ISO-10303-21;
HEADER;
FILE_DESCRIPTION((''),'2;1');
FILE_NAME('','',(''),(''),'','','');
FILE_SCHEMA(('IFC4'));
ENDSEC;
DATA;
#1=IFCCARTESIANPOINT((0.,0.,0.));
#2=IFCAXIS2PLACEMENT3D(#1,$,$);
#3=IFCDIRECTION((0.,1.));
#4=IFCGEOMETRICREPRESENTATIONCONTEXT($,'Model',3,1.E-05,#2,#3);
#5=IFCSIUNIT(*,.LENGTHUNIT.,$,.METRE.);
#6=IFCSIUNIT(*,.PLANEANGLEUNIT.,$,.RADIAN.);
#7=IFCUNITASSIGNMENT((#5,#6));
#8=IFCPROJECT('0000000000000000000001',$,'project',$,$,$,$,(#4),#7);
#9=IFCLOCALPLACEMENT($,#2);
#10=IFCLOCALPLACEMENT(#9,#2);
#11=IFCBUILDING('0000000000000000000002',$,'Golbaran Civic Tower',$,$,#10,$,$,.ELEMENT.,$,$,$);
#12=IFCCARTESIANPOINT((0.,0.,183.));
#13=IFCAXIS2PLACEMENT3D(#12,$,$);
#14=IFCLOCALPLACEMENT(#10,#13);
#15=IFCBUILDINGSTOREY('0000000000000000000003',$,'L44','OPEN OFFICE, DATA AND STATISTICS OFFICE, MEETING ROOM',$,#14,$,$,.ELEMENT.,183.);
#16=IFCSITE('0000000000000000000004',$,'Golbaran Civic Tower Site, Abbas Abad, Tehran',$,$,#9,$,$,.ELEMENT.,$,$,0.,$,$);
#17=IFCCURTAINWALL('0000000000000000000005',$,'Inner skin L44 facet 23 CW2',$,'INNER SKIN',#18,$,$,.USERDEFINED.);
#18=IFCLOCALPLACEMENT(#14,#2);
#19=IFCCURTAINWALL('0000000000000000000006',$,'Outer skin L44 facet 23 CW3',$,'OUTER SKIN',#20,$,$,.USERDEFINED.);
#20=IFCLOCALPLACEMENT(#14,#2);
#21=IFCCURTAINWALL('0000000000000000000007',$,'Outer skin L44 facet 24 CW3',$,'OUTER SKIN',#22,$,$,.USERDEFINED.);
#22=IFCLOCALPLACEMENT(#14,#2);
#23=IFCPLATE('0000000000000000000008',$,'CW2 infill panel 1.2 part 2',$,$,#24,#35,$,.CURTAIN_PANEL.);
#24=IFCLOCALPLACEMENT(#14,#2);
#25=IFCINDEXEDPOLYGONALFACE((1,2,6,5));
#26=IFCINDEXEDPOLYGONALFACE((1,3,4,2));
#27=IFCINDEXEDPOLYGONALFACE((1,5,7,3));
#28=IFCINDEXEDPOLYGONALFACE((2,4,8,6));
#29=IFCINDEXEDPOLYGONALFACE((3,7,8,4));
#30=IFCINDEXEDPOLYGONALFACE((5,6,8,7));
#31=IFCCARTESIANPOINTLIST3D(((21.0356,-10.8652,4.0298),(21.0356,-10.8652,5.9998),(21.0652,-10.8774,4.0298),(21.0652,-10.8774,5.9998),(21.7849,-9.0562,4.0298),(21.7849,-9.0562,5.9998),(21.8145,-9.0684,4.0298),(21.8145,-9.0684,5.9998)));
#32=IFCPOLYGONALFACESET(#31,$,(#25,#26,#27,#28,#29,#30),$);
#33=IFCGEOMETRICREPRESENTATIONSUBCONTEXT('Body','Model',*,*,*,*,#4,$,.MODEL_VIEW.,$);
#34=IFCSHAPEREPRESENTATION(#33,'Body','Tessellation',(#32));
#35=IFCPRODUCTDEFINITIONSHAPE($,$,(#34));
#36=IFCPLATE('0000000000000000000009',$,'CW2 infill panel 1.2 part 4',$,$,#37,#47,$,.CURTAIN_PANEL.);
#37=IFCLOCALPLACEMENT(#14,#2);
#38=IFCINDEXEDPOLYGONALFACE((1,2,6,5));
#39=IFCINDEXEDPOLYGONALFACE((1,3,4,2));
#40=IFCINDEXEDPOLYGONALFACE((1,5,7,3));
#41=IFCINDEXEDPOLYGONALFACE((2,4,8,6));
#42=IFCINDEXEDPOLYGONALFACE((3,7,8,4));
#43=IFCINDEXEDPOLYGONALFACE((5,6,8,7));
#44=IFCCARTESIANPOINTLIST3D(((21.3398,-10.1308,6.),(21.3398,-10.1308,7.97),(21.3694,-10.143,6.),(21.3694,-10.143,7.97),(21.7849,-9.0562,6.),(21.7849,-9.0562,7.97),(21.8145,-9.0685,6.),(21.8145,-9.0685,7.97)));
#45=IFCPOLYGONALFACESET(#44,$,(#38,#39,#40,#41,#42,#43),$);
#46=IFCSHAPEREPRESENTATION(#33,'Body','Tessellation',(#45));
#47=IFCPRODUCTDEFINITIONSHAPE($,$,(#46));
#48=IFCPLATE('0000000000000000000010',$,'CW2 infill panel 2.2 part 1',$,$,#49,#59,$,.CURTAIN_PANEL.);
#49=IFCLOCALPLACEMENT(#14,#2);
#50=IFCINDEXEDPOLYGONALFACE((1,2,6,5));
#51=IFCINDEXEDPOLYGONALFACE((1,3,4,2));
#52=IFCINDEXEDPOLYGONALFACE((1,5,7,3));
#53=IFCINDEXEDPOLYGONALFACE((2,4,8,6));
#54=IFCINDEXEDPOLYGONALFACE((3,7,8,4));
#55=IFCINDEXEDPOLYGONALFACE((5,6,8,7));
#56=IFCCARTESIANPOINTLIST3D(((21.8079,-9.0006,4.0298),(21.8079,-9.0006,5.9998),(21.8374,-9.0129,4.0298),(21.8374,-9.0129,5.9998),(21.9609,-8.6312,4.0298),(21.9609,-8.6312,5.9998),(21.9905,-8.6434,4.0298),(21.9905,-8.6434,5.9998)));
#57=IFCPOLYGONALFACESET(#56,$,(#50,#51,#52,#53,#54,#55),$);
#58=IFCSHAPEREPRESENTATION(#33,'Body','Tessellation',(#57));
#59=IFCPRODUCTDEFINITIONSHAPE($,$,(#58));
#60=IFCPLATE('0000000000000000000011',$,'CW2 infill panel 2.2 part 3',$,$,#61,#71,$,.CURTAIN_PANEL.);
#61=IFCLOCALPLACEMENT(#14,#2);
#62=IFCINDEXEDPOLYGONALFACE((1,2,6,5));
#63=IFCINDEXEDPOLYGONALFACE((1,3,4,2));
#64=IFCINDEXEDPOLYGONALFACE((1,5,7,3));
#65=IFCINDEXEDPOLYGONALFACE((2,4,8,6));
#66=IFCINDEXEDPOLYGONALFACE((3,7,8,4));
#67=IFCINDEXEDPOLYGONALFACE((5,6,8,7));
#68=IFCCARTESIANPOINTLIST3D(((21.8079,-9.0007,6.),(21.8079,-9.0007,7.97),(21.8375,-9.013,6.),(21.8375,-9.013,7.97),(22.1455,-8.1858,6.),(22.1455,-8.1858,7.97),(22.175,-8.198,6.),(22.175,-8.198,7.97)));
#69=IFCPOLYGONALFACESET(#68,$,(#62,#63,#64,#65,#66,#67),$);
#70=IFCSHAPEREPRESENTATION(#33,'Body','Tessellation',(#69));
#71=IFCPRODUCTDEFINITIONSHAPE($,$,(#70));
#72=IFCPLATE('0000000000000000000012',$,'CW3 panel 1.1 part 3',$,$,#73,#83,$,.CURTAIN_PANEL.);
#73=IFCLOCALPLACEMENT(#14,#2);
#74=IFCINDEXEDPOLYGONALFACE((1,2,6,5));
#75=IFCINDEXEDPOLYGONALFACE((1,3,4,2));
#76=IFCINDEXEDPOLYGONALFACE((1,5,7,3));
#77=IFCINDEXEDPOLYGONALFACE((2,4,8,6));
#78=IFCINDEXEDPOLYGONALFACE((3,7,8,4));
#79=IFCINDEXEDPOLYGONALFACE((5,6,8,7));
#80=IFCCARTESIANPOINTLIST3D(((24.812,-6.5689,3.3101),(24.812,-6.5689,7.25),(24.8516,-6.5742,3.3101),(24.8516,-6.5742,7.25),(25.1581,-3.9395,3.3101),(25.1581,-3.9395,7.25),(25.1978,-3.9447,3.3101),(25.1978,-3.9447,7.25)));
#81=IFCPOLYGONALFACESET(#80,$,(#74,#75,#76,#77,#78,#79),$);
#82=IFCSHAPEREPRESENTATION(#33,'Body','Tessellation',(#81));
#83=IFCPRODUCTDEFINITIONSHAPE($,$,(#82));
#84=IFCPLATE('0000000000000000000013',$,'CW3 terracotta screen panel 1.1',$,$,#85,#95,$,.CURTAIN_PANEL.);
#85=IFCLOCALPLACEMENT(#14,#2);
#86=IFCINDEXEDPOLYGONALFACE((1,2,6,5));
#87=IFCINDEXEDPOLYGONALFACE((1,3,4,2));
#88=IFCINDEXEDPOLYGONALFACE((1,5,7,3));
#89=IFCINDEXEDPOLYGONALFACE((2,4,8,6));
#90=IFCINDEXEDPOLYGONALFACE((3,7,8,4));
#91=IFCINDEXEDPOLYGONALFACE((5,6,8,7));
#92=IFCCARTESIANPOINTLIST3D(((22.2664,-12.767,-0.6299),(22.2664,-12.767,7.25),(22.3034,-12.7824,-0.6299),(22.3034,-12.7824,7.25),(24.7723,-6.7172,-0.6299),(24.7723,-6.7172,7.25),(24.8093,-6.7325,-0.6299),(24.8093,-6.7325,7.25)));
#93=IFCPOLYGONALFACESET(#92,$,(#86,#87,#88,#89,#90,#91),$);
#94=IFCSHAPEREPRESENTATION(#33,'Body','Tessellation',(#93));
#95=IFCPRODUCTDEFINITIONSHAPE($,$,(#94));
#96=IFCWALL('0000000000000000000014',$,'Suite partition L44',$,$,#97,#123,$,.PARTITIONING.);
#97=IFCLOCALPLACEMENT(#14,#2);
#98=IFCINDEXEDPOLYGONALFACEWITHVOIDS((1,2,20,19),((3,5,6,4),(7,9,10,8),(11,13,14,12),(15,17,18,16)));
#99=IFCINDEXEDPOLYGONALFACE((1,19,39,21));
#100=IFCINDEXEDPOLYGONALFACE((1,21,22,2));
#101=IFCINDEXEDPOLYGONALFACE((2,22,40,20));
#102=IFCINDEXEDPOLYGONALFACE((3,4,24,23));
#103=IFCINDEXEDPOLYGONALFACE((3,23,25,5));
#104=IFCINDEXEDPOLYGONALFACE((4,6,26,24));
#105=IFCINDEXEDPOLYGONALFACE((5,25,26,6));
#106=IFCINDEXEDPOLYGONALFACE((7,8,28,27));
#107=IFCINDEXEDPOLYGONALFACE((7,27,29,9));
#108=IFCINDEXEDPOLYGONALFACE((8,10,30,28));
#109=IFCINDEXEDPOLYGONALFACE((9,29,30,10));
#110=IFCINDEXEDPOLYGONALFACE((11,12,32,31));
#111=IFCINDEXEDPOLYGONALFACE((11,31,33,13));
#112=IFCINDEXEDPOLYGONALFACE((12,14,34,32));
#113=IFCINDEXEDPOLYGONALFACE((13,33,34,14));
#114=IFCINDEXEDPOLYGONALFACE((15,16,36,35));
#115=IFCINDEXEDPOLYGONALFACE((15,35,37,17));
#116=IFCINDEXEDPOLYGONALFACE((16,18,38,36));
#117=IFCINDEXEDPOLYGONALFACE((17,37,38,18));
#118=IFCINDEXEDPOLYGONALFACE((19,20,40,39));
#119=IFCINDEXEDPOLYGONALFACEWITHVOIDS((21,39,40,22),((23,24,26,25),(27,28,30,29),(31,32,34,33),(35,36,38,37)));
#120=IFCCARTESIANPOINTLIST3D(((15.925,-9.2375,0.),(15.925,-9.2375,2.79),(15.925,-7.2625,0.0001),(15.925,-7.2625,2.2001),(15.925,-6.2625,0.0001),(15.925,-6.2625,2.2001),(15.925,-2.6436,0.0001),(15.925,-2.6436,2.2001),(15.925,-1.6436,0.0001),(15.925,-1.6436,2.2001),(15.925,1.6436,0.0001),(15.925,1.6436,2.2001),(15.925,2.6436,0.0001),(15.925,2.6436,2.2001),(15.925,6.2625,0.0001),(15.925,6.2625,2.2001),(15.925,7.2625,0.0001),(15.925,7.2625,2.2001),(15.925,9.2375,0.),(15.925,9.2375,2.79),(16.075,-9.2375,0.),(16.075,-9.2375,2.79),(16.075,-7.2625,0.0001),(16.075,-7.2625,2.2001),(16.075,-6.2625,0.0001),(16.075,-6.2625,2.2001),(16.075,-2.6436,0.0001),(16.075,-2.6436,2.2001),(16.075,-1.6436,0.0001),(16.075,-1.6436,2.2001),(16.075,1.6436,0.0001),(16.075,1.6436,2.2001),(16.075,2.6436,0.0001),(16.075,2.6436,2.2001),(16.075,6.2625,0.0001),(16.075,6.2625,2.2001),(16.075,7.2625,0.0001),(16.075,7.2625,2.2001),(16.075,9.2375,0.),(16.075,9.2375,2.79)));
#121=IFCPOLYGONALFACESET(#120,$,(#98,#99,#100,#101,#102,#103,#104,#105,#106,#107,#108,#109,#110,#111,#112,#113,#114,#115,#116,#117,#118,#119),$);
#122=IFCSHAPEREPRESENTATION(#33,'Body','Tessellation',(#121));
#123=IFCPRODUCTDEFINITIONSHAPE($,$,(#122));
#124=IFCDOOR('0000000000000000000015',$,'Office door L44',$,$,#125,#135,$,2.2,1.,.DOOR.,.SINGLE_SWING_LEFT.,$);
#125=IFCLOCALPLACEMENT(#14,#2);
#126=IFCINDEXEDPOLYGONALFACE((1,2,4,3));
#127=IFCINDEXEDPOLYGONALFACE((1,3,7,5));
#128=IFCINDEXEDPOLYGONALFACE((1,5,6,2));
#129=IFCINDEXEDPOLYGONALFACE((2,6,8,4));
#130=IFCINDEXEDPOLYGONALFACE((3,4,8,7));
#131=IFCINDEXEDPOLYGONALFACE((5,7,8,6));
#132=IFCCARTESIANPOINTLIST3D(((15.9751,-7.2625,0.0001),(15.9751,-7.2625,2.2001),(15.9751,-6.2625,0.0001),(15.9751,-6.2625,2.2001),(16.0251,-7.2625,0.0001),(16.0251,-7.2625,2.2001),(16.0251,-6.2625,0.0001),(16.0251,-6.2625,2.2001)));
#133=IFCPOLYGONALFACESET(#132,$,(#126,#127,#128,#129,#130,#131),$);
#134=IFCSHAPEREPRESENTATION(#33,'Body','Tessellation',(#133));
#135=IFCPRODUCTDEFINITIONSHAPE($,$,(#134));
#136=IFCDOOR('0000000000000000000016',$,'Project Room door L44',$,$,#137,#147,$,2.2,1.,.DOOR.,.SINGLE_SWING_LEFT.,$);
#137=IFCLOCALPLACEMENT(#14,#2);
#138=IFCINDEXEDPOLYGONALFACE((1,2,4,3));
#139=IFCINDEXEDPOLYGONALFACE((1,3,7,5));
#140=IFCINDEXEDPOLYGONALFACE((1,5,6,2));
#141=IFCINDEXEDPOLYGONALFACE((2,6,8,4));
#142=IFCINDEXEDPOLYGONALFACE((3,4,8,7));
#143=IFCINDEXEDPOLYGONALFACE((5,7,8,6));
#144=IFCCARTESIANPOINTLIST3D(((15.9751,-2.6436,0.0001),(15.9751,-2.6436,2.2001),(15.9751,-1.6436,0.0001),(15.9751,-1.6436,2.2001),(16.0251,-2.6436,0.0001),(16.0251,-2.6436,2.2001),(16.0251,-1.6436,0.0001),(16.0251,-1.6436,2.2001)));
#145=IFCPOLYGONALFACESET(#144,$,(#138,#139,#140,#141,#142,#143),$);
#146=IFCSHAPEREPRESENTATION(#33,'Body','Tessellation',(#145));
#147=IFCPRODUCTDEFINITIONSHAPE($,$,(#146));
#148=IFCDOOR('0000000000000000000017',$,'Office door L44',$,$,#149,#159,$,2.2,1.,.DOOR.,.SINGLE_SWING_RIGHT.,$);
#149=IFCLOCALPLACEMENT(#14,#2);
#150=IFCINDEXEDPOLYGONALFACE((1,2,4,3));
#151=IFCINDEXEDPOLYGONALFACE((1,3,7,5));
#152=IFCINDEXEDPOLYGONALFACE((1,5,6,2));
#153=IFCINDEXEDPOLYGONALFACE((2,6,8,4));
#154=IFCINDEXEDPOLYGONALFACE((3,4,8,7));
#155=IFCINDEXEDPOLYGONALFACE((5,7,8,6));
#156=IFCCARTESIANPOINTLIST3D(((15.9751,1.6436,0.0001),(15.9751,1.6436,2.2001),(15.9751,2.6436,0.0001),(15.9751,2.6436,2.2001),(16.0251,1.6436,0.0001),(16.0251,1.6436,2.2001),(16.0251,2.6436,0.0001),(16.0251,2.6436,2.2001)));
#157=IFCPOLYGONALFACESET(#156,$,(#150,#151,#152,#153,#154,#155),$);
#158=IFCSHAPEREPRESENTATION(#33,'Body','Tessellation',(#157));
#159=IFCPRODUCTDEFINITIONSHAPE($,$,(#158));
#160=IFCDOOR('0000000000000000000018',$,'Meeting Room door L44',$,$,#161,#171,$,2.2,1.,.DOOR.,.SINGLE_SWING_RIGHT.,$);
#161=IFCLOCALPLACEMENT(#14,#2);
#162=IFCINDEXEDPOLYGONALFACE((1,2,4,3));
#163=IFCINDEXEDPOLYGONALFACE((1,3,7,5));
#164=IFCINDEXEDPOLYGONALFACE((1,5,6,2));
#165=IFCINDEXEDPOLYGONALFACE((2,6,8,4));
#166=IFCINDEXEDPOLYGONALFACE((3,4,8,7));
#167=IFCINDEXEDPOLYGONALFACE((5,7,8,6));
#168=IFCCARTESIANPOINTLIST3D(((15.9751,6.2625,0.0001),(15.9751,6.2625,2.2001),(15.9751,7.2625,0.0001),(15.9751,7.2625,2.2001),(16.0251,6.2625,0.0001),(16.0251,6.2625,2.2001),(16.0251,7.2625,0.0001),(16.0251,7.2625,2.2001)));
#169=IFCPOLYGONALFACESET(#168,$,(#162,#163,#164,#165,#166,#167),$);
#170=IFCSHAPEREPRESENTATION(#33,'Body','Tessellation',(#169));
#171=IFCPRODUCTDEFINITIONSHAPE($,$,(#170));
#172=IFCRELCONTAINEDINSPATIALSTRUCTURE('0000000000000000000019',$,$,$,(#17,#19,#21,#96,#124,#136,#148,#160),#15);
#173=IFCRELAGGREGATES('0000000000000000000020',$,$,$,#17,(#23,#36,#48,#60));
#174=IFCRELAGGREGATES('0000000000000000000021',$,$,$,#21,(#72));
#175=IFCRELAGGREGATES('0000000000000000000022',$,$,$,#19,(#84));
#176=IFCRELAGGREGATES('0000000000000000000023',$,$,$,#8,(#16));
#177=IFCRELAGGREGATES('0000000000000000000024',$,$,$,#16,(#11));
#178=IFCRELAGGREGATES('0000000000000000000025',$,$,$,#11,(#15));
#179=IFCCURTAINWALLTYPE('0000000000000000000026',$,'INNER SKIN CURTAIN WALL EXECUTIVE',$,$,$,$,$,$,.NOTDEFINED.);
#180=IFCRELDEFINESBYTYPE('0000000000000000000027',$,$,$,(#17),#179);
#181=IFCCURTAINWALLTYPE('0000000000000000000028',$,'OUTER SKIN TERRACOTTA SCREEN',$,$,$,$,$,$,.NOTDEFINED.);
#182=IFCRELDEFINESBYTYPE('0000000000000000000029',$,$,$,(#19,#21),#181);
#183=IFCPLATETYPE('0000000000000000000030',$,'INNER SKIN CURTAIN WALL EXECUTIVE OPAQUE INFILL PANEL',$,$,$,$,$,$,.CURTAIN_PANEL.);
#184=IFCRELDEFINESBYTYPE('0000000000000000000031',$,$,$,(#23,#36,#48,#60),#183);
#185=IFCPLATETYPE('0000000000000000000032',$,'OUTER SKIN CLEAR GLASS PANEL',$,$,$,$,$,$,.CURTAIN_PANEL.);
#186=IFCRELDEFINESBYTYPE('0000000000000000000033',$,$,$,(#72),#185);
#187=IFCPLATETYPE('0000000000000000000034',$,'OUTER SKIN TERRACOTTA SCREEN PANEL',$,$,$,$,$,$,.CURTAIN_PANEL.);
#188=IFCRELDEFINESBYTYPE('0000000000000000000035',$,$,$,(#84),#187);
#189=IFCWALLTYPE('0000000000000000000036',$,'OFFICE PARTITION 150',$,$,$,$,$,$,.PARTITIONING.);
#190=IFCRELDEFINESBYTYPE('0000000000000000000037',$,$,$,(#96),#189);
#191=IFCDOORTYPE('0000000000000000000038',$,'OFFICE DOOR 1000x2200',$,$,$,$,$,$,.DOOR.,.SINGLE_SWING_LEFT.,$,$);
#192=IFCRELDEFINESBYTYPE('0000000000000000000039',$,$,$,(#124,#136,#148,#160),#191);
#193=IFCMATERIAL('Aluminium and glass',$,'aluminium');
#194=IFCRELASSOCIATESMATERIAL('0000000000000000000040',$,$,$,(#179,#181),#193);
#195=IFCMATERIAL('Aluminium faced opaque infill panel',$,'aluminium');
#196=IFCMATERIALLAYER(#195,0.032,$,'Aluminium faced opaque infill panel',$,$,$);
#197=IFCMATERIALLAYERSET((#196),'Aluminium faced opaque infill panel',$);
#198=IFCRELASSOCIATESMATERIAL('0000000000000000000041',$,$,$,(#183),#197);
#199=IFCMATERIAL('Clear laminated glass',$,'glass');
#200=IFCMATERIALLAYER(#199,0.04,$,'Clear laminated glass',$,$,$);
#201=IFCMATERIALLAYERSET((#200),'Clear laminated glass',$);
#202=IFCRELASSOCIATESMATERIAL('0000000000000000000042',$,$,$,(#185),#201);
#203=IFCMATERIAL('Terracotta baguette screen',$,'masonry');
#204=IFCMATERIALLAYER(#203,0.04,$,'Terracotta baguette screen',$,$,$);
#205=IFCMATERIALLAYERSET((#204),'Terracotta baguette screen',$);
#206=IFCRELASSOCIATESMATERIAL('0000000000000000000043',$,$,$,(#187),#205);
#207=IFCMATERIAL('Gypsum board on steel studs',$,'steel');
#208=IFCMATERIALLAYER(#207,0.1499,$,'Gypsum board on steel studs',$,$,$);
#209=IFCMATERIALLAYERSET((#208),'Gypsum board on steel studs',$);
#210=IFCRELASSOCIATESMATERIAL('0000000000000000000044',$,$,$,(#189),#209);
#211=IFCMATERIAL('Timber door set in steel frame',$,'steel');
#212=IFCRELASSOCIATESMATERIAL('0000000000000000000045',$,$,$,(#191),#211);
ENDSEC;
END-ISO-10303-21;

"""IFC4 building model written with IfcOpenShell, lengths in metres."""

from ifc_helpers import new_model, si_unit, direction, frame, frame_2d, origin, origin_2d, place, context, subcontext, project, spatial, rectangle, extrude, material, layer, layer_set, type_object, element, fill, aggregate, save


model = new_model("IFC4")

# Units and contexts
model_context = context("Model", 3, precision=1e-05, world=origin(), true_north=direction((0.0, 1.0)))
body_context = subcontext(model_context, "Body", "Model", "MODEL_VIEW")
ifc_project = project(units=[si_unit("LENGTHUNIT", "METRE"), si_unit("PLANEANGLEUNIT", "RADIAN")], contexts=[model_context])

# Site, building, storey
site_placement = place(None, origin())
site = spatial("IfcSite", under=ifc_project, at=site_placement, Name="Golbaran Civic Tower Site, Abbas Abad, Tehran", CompositionType="ELEMENT", RefElevation=0.0)
building_placement = place(site_placement, origin())
building = spatial("IfcBuilding", under=site, at=building_placement, Name="Golbaran Civic Tower", CompositionType="ELEMENT")
storey_placement = place(building_placement, frame((0.0, 0.0, 183.0)))
storey = spatial("IfcBuildingStorey", under=building, at=storey_placement, Name="L44", Description="OPEN OFFICE, DATA AND STATISTICS OFFICE, MEETING ROOM", CompositionType="ELEMENT", Elevation=183.0)

# Curtain wall
ifc_material_1 = material(Name="Aluminium and glass", Category="aluminium")
curtain_wall_type_1 = type_object("IfcCurtainWallType", Name="INNER SKIN CURTAIN WALL EXECUTIVE", PredefinedType="NOTDEFINED", material=ifc_material_1)
curtain_wall_1_placement = place(storey_placement, origin())
curtain_wall_1 = element("IfcCurtainWall", 1, at=curtain_wall_1_placement, inside=storey, type_object=curtain_wall_type_1, Name="Inner skin L44 facet 23 CW2", ObjectType="INNER SKIN", PredefinedType="USERDEFINED")

# Curtain wall
curtain_wall_type_2 = type_object("IfcCurtainWallType", Name="OUTER SKIN TERRACOTTA SCREEN", PredefinedType="NOTDEFINED", material=ifc_material_1)
curtain_wall_2_placement = place(storey_placement, origin())
curtain_wall_2 = element("IfcCurtainWall", 2, at=curtain_wall_2_placement, inside=storey, type_object=curtain_wall_type_2, Name="Outer skin L44 facet 23 CW3", ObjectType="OUTER SKIN", PredefinedType="USERDEFINED")

# Curtain wall
curtain_wall_3_placement = place(storey_placement, origin())
curtain_wall_3 = element("IfcCurtainWall", 3, at=curtain_wall_3_placement, inside=storey, type_object=curtain_wall_type_2, Name="Outer skin L44 facet 24 CW3", ObjectType="OUTER SKIN", PredefinedType="USERDEFINED")

# Plates
ifc_material_2 = material(Name="Aluminium faced opaque infill panel", Category="aluminium")
ifc_layer_1 = layer(ifc_material_2, 0.032, Name="Aluminium faced opaque infill panel")
ifc_layer_set_1 = layer_set([ifc_layer_1], Name="Aluminium faced opaque infill panel")
plate_type_1 = type_object("IfcPlateType", Name="INNER SKIN CURTAIN WALL EXECUTIVE OPAQUE INFILL PANEL", PredefinedType="CURTAIN_PANEL", material=ifc_layer_set_1)
plate_1_placement = place(storey_placement, frame((21.425, -9.9668, 4.0298), z_axis=(0.0, 0.0, 1.0), x_axis=(0.382683, 0.92388, 0.0)))
plate_1 = element("IfcPlate", 4, at=plate_1_placement, type_object=plate_type_1, Name="CW2 infill panel 1.2 part 2", PredefinedType="CURTAIN_PANEL", context=body_context, shape_type="SweptSolid", body=[
    extrude(rectangle(XDim=1.958, YDim=0.032, at=origin_2d()), origin(), (0.0, 0.0, 1.0), 1.97),
])
plate_2_placement = place(storey_placement, frame((21.5771, -9.5996, 6.0), z_axis=(0.0, 0.0, 1.0), x_axis=(0.382683, 0.92388, 0.0)))
plate_2 = element("IfcPlate", 5, at=plate_2_placement, type_object=plate_type_1, Name="CW2 infill panel 1.2 part 4", PredefinedType="CURTAIN_PANEL", context=body_context, shape_type="SweptSolid", body=[
    extrude(rectangle(XDim=1.1631, YDim=0.032, at=origin_2d()), origin(), (0.0, 0.0, 1.0), 1.97),
])
plate_3_placement = place(storey_placement, frame((21.8992, -8.822, 4.0298), z_axis=(0.0, 0.0, 1.0), x_axis=(0.382683, 0.92388, 0.0)))
plate_3 = element("IfcPlate", 6, at=plate_3_placement, type_object=plate_type_1, Name="CW2 infill panel 2.2 part 1", PredefinedType="CURTAIN_PANEL", context=body_context, shape_type="SweptSolid", body=[
    extrude(rectangle(XDim=0.3999, YDim=0.032, at=origin_2d()), origin(), (0.0, 0.0, 1.0), 1.97),
])
plate_4_placement = place(storey_placement, frame((21.9915, -8.5994, 6.0), z_axis=(0.0, 0.0, 1.0), x_axis=(0.382683, 0.92388, 0.0)))
plate_4 = element("IfcPlate", 7, at=plate_4_placement, type_object=plate_type_1, Name="CW2 infill panel 2.2 part 3", PredefinedType="CURTAIN_PANEL", context=body_context, shape_type="SweptSolid", body=[
    extrude(rectangle(XDim=0.8821, YDim=0.032, at=origin_2d()), origin(), (0.0, 0.0, 1.0), 1.97),
])
aggregate(curtain_wall_1, [plate_1, plate_2, plate_3, plate_4])
ifc_material_3 = material(Name="Clear laminated glass", Category="glass")
ifc_layer_2 = layer(ifc_material_3, 0.04, Name="Clear laminated glass")
ifc_layer_set_2 = layer_set([ifc_layer_2], Name="Clear laminated glass")
plate_type_2 = type_object("IfcPlateType", Name="OUTER SKIN CLEAR GLASS PANEL", PredefinedType="CURTAIN_PANEL", material=ifc_layer_set_2)
plate_5_placement = place(storey_placement, frame((25.0049, -5.2568, 3.3101), z_axis=(0.0, 0.0, 1.0), x_axis=(0.130526, 0.991445, 0.0)))
plate_5 = element("IfcPlate", 8, at=plate_5_placement, type_object=plate_type_2, Name="CW3 panel 1.1 part 3", PredefinedType="CURTAIN_PANEL", context=body_context, shape_type="SweptSolid", body=[
    extrude(rectangle(XDim=2.6521, YDim=0.04, at=origin_2d()), origin(), (0.0, 0.0, 1.0), 3.9399),
])
aggregate(curtain_wall_3, [plate_5])
ifc_material_4 = material(Name="Terracotta baguette screen", Category="masonry")
ifc_layer_3 = layer(ifc_material_4, 0.04, Name="Terracotta baguette screen")
ifc_layer_set_3 = layer_set([ifc_layer_3], Name="Terracotta baguette screen")
plate_type_3 = type_object("IfcPlateType", Name="OUTER SKIN TERRACOTTA SCREEN PANEL", PredefinedType="CURTAIN_PANEL", material=ifc_layer_set_3)
plate_6_placement = place(storey_placement, frame((23.5378, -9.7498, -0.6299), z_axis=(0.0, 0.0, 1.0), x_axis=(0.382683, 0.92388, 0.0)))
plate_6 = element("IfcPlate", 9, at=plate_6_placement, type_object=plate_type_3, Name="CW3 terracotta screen panel 1.1", PredefinedType="CURTAIN_PANEL", context=body_context, shape_type="SweptSolid", body=[
    extrude(rectangle(XDim=6.5483, YDim=0.04, at=origin_2d()), origin(), (0.0, 0.0, 1.0), 7.8799),
])
aggregate(curtain_wall_2, [plate_6])

# Wall, openings, doors
ifc_material_5 = material(Name="Gypsum board on steel studs", Category="steel")
ifc_layer_4 = layer(ifc_material_5, 0.1499, Name="Gypsum board on steel studs")
ifc_layer_set_4 = layer_set([ifc_layer_4], Name="Gypsum board on steel studs")
wall_type = type_object("IfcWallType", Name="OFFICE PARTITION 150", PredefinedType="PARTITIONING", material=ifc_layer_set_4)
wall_placement = place(storey_placement, frame((16.0, -9.2375, 0.0), z_axis=(0.0, 0.0, 1.0), x_axis=(0.0, 1.0, 0.0)))
wall = element("IfcWall", 10, at=wall_placement, inside=storey, type_object=wall_type, Name="Suite partition L44", PredefinedType="PARTITIONING", context=body_context, shape_type="SweptSolid", body=[
    extrude(rectangle(XDim=18.4751, YDim=0.1499, at=frame_2d((9.2375, 0.0))), origin(), (0.0, 0.0, 1.0), 2.79),
])
opening_1_placement = place(wall_placement, frame((1.9751, 0.0, 0.0)))
opening_1 = element("IfcOpeningElement", 11, at=opening_1_placement, cuts=wall, PredefinedType="OPENING", context=body_context, shape_type="SweptSolid", body=[
    extrude(rectangle(XDim=1.0, YDim=2.2, at=frame_2d((0.5, 1.1001))), frame((0.0, 0.085, 0.0), z_axis=(0.0, -1.0, 0.0), x_axis=(1.0, 0.0, 0.0)), (0.0, 0.0, 1.0), 0.1699),
])
opening_2_placement = place(wall_placement, frame((6.594, 0.0, 0.0)))
opening_2 = element("IfcOpeningElement", 12, at=opening_2_placement, cuts=wall, PredefinedType="OPENING", context=body_context, shape_type="SweptSolid", body=[
    extrude(rectangle(XDim=1.0, YDim=2.2, at=frame_2d((0.5, 1.1001))), frame((0.0, 0.085, 0.0), z_axis=(0.0, -1.0, 0.0), x_axis=(1.0, 0.0, 0.0)), (0.0, 0.0, 1.0), 0.1699),
])
opening_3_placement = place(wall_placement, frame((10.8811, 0.0, 0.0)))
opening_3 = element("IfcOpeningElement", 13, at=opening_3_placement, cuts=wall, PredefinedType="OPENING", context=body_context, shape_type="SweptSolid", body=[
    extrude(rectangle(XDim=1.0, YDim=2.2, at=frame_2d((0.5, 1.1001))), frame((0.0, 0.085, 0.0), z_axis=(0.0, -1.0, 0.0), x_axis=(1.0, 0.0, 0.0)), (0.0, 0.0, 1.0), 0.1699),
])
opening_4_placement = place(wall_placement, frame((15.5, 0.0, 0.0)))
opening_4 = element("IfcOpeningElement", 14, at=opening_4_placement, cuts=wall, PredefinedType="OPENING", context=body_context, shape_type="SweptSolid", body=[
    extrude(rectangle(XDim=1.0, YDim=2.2, at=frame_2d((0.5, 1.1001))), frame((0.0, 0.085, 0.0), z_axis=(0.0, -1.0, 0.0), x_axis=(1.0, 0.0, 0.0)), (0.0, 0.0, 1.0), 0.1699),
])
ifc_material_6 = material(Name="Timber door set in steel frame", Category="steel")
door_type = type_object("IfcDoorType", Name="OFFICE DOOR 1000x2200", OperationType="SINGLE_SWING_LEFT", PredefinedType="DOOR", material=ifc_material_6)
door_1_placement = place(opening_1_placement, origin())
door_1 = element("IfcDoor", 15, at=door_1_placement, inside=storey, type_object=door_type, Name="Office door L44", OperationType="SINGLE_SWING_LEFT", OverallHeight=2.2, OverallWidth=1.0, PredefinedType="DOOR", context=body_context, shape_type="SweptSolid", body=[
    extrude(rectangle(XDim=1.0, YDim=2.2, at=frame_2d((0.5, 1.1001))), frame((0.0, 0.0249, 0.0), z_axis=(0.0, -1.0, 0.0), x_axis=(1.0, 0.0, 0.0)), (0.0, 0.0, 1.0), 0.05),
])
fill(opening_1, door_1)
door_2_placement = place(opening_2_placement, origin())
door_2 = element("IfcDoor", 16, at=door_2_placement, inside=storey, type_object=door_type, Name="Project Room door L44", OperationType="SINGLE_SWING_LEFT", OverallHeight=2.2, OverallWidth=1.0, PredefinedType="DOOR", context=body_context, shape_type="SweptSolid", body=[
    extrude(rectangle(XDim=1.0, YDim=2.2, at=frame_2d((0.5, 1.1001))), frame((0.0, 0.0249, 0.0), z_axis=(0.0, -1.0, 0.0), x_axis=(1.0, 0.0, 0.0)), (0.0, 0.0, 1.0), 0.05),
])
fill(opening_2, door_2)
door_3_placement = place(opening_3_placement, origin())
door_3 = element("IfcDoor", 17, at=door_3_placement, inside=storey, type_object=door_type, Name="Office door L44", OperationType="SINGLE_SWING_RIGHT", OverallHeight=2.2, OverallWidth=1.0, PredefinedType="DOOR", context=body_context, shape_type="SweptSolid", body=[
    extrude(rectangle(XDim=1.0, YDim=2.2, at=frame_2d((0.5, 1.1001))), frame((0.0, 0.0249, 0.0), z_axis=(0.0, -1.0, 0.0), x_axis=(1.0, 0.0, 0.0)), (0.0, 0.0, 1.0), 0.05),
])
fill(opening_3, door_3)
door_4_placement = place(opening_4_placement, origin())
door_4 = element("IfcDoor", 18, at=door_4_placement, inside=storey, type_object=door_type, Name="Meeting Room door L44", OperationType="SINGLE_SWING_RIGHT", OverallHeight=2.2, OverallWidth=1.0, PredefinedType="DOOR", context=body_context, shape_type="SweptSolid", body=[
    extrude(rectangle(XDim=1.0, YDim=2.2, at=frame_2d((0.5, 1.1001))), frame((0.0, 0.0249, 0.0), z_axis=(0.0, -1.0, 0.0), x_axis=(1.0, 0.0, 0.0)), (0.0, 0.0, 1.0), 0.05),
])
fill(opening_4, door_4)

save(model, "model.ifc")
